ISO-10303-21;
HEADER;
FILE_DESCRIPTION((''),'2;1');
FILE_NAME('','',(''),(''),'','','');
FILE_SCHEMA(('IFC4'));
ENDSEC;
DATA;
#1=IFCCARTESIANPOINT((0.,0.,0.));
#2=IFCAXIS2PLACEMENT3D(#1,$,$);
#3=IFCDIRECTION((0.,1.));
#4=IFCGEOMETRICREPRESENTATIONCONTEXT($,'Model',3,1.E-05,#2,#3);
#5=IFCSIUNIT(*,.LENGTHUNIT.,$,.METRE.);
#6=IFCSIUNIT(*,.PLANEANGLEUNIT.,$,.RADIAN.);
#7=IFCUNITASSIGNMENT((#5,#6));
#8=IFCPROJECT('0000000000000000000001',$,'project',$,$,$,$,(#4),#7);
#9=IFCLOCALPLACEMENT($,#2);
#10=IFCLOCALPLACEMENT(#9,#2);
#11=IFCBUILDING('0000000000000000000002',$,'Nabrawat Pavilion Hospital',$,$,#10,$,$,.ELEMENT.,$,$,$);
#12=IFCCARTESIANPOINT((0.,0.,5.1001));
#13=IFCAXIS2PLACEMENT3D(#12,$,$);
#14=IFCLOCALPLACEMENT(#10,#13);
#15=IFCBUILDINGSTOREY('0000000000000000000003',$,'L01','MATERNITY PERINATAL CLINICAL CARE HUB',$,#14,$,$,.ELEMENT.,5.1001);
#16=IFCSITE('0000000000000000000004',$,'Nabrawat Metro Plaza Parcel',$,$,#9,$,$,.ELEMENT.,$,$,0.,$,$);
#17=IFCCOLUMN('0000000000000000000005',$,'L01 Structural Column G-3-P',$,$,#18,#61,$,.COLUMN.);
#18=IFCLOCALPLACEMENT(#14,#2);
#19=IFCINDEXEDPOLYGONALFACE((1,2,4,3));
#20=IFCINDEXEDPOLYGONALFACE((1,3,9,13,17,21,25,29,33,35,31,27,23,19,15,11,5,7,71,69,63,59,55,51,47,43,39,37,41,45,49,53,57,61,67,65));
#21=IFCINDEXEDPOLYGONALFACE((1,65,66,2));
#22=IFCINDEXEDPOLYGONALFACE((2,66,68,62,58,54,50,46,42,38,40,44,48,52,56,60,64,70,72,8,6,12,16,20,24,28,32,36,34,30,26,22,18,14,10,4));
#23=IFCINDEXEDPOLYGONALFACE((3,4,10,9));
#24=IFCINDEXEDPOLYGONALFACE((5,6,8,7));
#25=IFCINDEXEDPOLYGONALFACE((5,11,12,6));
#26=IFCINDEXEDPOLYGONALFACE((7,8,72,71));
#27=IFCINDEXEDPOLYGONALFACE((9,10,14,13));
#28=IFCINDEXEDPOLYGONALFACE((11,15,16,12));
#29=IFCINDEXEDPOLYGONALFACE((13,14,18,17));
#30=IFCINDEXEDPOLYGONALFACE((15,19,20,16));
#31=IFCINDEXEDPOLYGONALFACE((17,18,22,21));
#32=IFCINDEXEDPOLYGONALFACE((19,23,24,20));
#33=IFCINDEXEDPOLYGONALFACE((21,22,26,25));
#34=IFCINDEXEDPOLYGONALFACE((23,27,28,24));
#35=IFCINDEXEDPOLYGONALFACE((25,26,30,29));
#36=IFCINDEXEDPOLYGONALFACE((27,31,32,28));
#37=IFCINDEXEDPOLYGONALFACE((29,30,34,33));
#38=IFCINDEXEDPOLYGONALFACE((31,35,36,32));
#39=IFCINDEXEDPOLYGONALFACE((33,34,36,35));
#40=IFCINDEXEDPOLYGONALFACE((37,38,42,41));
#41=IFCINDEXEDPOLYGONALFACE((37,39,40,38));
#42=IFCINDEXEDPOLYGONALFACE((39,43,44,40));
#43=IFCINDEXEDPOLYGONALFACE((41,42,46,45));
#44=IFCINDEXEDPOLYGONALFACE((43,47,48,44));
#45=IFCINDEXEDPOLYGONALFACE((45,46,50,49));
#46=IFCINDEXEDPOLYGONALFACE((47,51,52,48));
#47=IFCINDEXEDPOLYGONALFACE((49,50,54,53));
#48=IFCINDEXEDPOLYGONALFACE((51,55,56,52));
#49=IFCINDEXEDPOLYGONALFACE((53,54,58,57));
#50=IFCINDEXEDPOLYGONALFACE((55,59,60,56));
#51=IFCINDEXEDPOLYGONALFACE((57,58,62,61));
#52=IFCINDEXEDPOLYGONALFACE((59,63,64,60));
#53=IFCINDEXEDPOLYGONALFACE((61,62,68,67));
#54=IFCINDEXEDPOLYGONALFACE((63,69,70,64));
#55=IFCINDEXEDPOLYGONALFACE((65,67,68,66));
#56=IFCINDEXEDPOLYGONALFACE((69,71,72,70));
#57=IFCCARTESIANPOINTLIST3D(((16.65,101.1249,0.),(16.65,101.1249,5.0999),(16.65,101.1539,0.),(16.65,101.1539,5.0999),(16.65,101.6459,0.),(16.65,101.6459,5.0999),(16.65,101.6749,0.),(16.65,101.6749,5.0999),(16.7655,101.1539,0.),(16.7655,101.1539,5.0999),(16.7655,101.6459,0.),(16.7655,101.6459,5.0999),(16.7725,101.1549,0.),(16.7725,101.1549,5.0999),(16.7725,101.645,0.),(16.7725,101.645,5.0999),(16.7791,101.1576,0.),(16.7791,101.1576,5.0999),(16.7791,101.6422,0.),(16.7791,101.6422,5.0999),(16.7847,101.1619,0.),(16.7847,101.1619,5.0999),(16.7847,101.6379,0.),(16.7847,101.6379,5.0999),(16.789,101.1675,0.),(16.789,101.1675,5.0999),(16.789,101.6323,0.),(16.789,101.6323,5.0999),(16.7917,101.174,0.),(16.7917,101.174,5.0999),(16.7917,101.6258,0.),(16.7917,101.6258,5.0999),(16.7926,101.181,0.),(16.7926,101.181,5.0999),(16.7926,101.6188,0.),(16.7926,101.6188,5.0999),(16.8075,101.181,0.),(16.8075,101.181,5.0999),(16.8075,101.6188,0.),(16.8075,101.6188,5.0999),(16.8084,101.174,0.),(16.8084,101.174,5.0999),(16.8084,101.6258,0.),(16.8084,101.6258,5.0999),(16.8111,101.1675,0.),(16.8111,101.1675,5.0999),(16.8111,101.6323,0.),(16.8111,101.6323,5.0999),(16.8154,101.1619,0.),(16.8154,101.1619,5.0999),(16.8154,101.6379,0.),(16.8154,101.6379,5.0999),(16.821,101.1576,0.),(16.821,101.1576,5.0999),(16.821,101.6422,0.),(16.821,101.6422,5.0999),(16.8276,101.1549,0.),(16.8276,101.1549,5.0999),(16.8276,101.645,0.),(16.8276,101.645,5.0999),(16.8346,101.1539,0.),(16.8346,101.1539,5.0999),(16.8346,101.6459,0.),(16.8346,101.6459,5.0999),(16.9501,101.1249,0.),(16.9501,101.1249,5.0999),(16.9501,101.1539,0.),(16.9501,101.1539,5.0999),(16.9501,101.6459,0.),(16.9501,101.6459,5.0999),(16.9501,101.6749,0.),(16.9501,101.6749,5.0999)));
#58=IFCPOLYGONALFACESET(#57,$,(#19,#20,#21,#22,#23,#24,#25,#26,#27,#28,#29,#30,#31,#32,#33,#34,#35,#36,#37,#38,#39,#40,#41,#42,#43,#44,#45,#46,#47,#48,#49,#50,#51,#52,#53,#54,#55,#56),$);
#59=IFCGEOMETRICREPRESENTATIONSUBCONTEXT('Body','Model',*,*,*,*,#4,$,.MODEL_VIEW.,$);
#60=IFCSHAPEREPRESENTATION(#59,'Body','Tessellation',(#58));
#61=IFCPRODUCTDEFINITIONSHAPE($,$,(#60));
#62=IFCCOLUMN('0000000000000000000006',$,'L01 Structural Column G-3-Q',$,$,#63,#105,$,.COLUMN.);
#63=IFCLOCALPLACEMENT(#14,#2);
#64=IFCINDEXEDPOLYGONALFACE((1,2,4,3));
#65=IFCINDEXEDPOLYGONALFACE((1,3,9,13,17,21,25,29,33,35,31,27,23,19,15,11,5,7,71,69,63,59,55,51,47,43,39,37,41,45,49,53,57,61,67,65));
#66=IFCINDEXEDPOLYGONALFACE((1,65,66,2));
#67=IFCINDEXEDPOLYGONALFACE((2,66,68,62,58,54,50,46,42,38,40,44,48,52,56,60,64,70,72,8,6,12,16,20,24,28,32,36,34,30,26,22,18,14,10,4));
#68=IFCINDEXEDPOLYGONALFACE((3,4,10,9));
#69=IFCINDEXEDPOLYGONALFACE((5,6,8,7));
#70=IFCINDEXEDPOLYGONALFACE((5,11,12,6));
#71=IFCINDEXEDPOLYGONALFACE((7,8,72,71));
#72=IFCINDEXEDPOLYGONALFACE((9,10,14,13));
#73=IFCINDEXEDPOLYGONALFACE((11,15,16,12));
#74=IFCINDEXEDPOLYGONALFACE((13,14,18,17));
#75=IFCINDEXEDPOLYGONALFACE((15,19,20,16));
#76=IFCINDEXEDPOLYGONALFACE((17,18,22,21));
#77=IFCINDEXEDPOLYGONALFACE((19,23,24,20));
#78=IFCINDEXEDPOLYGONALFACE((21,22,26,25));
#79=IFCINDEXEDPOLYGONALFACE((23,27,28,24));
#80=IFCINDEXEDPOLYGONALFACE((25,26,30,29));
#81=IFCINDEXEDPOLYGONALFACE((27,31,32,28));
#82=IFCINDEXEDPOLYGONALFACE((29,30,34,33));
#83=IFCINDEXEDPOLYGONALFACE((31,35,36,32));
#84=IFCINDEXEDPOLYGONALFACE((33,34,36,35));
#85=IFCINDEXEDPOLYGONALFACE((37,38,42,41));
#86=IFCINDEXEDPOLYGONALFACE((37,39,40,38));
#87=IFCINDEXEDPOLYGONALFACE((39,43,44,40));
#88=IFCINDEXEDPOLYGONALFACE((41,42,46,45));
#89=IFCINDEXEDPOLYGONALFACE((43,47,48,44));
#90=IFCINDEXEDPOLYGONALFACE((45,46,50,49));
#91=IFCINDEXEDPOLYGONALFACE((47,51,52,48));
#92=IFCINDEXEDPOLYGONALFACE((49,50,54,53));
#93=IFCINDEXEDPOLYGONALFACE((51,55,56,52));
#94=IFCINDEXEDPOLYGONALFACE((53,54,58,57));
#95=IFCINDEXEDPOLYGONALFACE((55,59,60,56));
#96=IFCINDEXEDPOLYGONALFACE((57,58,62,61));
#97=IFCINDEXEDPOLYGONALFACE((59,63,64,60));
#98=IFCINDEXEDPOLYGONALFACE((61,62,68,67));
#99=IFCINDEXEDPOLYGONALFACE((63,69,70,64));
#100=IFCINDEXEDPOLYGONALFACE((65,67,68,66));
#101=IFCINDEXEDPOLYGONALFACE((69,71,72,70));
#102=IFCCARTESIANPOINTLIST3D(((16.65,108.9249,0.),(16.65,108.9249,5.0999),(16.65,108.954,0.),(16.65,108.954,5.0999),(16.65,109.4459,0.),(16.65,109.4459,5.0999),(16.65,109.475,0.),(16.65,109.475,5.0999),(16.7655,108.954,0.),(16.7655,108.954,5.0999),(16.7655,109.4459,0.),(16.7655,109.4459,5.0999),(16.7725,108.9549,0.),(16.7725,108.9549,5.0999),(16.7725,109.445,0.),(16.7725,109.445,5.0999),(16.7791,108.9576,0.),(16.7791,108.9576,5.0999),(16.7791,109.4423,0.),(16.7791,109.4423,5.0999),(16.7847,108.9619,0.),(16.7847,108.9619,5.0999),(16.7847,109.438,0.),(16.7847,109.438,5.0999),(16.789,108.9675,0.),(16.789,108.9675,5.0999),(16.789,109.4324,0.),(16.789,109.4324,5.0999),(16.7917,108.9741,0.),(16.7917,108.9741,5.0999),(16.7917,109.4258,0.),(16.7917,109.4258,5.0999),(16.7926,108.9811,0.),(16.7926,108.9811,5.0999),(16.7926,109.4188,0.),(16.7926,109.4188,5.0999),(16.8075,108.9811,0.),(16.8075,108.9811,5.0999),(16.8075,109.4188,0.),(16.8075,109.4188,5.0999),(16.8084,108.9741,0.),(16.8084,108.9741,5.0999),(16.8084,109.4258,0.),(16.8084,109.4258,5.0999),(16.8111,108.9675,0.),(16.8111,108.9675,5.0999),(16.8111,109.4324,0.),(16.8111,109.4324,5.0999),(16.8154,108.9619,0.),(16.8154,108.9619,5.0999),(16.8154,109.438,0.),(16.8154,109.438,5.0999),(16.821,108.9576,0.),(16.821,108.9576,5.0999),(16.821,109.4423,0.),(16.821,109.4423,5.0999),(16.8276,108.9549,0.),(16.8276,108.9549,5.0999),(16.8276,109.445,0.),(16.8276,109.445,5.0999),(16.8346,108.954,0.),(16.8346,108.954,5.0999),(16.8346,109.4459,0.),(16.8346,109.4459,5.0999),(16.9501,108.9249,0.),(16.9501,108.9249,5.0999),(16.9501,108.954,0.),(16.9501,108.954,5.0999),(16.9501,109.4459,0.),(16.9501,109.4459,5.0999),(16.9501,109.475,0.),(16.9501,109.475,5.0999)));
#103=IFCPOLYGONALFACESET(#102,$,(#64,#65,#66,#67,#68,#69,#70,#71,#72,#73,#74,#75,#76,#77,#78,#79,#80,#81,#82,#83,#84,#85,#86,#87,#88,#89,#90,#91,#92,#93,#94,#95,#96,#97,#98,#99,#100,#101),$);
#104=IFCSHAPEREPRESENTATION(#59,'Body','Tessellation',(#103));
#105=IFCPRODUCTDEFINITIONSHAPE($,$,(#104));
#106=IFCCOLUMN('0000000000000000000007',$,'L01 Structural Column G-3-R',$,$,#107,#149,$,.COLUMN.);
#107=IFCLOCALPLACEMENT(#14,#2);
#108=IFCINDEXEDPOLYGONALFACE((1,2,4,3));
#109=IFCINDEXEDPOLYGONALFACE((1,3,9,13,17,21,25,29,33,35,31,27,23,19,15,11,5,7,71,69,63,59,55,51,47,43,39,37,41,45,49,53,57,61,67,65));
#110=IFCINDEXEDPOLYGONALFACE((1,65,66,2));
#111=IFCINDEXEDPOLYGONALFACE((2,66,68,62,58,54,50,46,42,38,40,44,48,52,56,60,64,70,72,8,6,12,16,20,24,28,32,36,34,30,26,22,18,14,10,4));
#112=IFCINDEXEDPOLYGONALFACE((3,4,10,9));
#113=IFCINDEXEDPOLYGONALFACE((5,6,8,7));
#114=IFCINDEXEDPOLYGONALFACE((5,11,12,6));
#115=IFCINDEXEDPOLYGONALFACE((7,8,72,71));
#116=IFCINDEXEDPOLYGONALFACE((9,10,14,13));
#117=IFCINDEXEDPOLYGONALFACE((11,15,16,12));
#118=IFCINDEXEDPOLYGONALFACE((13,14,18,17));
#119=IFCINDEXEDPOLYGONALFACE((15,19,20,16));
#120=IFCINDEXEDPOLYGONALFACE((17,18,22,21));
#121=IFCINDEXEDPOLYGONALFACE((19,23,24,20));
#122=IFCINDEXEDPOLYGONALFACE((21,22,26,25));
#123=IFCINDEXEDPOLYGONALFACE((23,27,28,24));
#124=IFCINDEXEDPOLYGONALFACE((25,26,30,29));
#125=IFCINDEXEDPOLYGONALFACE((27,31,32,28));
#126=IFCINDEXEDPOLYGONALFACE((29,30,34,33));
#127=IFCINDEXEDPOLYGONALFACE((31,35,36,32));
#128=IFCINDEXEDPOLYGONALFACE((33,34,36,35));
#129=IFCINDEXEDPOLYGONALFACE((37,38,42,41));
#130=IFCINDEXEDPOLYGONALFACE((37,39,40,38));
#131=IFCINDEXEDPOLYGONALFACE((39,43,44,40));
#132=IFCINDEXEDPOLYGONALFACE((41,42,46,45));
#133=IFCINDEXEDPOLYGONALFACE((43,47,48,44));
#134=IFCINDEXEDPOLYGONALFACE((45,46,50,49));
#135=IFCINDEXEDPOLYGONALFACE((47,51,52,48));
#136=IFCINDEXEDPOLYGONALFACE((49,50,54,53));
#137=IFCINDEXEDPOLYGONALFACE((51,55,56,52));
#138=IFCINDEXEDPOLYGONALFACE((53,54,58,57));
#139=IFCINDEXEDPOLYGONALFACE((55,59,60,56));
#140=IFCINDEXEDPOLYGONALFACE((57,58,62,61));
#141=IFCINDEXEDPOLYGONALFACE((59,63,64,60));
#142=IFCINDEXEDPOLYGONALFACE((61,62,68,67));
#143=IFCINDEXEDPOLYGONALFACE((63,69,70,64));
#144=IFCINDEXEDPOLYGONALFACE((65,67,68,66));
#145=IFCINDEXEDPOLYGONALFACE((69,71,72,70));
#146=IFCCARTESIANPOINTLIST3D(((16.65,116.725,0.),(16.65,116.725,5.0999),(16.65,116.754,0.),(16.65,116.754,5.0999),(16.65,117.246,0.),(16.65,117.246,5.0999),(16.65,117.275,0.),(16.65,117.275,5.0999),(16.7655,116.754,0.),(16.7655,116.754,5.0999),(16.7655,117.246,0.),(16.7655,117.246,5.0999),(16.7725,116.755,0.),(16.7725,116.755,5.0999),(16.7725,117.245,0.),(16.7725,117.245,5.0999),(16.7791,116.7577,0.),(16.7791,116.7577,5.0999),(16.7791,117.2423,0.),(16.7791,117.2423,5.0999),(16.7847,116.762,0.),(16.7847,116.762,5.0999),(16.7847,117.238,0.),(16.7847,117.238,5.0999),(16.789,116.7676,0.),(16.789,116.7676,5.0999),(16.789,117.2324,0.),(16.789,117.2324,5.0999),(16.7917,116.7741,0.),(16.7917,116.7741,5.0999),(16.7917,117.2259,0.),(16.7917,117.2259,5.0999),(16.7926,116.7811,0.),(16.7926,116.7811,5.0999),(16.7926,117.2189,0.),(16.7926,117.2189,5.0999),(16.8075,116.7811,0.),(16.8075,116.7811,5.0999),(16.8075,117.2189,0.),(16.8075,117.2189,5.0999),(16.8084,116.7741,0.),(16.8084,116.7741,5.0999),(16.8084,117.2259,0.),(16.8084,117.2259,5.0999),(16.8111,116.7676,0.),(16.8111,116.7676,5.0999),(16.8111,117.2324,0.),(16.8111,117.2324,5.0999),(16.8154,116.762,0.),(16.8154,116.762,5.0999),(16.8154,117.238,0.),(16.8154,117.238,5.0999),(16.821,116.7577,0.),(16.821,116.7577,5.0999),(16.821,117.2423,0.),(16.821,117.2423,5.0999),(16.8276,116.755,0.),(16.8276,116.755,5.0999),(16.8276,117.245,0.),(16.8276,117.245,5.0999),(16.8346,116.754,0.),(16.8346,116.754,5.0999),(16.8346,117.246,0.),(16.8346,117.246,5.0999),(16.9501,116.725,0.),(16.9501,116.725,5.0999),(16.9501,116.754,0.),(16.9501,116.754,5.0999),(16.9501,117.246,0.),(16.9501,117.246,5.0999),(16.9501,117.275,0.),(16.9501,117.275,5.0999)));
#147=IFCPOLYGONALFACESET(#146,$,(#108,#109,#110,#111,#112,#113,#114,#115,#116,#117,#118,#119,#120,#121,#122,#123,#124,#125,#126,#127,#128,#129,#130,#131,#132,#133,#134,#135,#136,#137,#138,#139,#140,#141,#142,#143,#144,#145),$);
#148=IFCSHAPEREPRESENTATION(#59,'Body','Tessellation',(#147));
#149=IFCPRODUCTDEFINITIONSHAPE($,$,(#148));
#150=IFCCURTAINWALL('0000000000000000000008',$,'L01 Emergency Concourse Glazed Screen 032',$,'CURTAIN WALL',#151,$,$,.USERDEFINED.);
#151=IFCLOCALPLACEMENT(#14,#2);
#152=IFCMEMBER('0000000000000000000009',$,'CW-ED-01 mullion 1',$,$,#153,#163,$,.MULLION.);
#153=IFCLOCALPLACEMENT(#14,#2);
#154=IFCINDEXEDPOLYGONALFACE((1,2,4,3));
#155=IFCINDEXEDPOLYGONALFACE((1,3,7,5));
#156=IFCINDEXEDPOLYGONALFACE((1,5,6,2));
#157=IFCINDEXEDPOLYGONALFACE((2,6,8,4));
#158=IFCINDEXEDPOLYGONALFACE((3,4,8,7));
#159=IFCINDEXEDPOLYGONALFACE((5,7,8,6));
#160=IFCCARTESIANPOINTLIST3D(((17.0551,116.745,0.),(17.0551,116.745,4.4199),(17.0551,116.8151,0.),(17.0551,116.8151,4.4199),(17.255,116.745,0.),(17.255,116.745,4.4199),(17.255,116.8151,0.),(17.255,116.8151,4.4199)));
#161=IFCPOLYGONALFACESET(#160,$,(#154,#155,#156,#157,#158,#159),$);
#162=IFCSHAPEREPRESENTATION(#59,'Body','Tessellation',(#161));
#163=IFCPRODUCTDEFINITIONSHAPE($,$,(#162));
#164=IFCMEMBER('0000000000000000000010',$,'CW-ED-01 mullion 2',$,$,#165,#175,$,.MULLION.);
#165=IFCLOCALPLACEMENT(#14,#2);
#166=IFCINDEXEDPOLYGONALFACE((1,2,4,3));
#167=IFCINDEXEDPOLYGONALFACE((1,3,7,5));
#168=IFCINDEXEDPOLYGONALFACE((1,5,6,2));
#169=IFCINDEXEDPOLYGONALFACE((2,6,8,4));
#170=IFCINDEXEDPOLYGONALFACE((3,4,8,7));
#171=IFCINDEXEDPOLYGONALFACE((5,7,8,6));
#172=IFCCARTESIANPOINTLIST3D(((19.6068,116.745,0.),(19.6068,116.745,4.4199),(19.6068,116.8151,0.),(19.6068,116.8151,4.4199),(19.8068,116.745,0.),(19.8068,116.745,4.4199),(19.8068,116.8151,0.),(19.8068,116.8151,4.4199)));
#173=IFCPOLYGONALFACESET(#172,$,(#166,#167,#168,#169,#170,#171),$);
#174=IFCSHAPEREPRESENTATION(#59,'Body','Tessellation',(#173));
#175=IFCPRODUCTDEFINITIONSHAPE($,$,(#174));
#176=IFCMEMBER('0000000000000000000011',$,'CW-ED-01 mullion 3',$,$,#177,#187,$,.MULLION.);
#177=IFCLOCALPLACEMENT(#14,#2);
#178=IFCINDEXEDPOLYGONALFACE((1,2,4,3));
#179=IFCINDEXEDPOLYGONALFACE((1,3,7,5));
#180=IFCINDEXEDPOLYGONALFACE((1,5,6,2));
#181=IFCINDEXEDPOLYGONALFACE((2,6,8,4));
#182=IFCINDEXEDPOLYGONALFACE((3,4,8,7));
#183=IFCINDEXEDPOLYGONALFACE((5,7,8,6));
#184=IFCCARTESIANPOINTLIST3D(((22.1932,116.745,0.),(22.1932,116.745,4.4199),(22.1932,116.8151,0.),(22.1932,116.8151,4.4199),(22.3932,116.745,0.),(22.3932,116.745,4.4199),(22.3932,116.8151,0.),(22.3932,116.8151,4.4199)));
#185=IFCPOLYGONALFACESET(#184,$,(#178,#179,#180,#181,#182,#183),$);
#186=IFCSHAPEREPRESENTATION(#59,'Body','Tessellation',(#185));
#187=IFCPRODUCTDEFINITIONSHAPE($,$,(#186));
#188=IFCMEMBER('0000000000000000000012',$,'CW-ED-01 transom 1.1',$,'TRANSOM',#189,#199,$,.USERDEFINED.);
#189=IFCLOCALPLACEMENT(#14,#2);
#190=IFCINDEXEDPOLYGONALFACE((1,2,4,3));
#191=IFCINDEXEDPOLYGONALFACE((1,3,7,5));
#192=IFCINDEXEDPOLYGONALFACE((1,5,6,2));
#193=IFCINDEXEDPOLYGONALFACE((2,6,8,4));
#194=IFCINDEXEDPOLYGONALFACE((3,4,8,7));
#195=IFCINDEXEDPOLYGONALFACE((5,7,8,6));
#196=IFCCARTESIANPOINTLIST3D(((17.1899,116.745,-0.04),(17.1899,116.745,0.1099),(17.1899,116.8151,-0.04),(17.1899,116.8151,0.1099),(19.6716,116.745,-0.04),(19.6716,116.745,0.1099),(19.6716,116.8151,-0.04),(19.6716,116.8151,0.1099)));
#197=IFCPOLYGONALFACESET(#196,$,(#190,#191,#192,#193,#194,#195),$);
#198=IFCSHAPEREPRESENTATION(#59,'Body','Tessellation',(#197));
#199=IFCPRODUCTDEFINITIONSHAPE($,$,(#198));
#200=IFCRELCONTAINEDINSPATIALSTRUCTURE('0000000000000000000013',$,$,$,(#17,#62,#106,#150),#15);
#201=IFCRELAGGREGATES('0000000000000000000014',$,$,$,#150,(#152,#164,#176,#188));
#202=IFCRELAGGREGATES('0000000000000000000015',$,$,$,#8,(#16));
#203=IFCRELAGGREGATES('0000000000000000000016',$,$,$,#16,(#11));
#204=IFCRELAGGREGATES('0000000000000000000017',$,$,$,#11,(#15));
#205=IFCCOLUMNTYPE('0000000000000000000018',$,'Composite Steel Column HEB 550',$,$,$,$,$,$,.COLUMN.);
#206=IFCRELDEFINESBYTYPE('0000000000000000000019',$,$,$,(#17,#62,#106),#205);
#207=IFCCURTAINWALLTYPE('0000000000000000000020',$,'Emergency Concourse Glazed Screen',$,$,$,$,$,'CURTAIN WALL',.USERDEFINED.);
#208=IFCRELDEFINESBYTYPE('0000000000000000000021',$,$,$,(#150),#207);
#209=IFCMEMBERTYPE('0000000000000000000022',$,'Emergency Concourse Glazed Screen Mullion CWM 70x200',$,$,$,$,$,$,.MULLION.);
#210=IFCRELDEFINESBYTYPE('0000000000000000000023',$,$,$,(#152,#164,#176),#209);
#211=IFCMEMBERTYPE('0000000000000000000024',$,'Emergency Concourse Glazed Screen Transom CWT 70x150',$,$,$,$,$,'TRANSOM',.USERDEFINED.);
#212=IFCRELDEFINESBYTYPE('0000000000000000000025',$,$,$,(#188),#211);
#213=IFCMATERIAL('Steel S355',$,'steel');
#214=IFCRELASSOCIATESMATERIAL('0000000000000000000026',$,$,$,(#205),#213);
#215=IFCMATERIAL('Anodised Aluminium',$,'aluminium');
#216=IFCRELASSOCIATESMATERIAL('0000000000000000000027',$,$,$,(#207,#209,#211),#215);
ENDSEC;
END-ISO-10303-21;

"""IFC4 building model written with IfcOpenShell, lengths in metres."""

from ifc_helpers import new_model, si_unit, direction, frame, origin, origin_2d, place, context, subcontext, project, spatial, rectangle, i_section, extrude, material, material_profile, profile_set, type_object, element, aggregate, save


model = new_model("IFC4")

# Units and contexts
model_context = context("Model", 3, precision=1e-05, world=origin(), true_north=direction((0.0, 1.0)))
body_context = subcontext(model_context, "Body", "Model", "MODEL_VIEW")
ifc_project = project(units=[si_unit("LENGTHUNIT", "METRE"), si_unit("PLANEANGLEUNIT", "RADIAN")], contexts=[model_context])

# Site, building, storey
site_placement = place(None, origin())
site = spatial("IfcSite", under=ifc_project, at=site_placement, Name="Nabrawat Metro Plaza Parcel", CompositionType="ELEMENT", RefElevation=0.0)
building_placement = place(site_placement, origin())
building = spatial("IfcBuilding", under=site, at=building_placement, Name="Nabrawat Pavilion Hospital", CompositionType="ELEMENT")
storey_placement = place(building_placement, frame((0.0, 0.0, 5.1001)))
storey = spatial("IfcBuildingStorey", under=building, at=storey_placement, Name="L01", Description="MATERNITY PERINATAL CLINICAL CARE HUB", CompositionType="ELEMENT", Elevation=5.1001)

# Columns
ifc_material_1 = material(Name="Steel S355", Category="steel")
ifc_material_profile_1 = material_profile(ifc_material_1, i_section(OverallWidth=0.3, OverallDepth=0.55, WebThickness=0.0149, FlangeThickness=0.0291, FilletRadius=0.0271, at=origin_2d()), Name="HEB 550")
ifc_profile_set_1 = profile_set([ifc_material_profile_1], Name="Steel S355")
column_type = type_object("IfcColumnType", Name="Composite Steel Column HEB 550", PredefinedType="COLUMN", material=ifc_profile_set_1)
for number, where, z_axis, x_axis, name in (
    (1, (16.8, 101.3999, 0.0), (0.0, 0.0, 1.0), (1.0, 0.0, 0.0), "L01 Structural Column G-3-P"),
    (2, (16.8, 109.2, 0.0), (0.0, 0.0, 1.0), (1.0, 0.0, 0.0), "L01 Structural Column G-3-Q"),
    (3, (16.8, 117.0, 0.0), (0.0, 0.0, 1.0), (1.0, 0.0, 0.0), "L01 Structural Column G-3-R"),
):
    element("IfcColumn", number, at=place(storey_placement, frame(where, z_axis=z_axis, x_axis=x_axis)), inside=storey, type_object=column_type, Name=name, PredefinedType="COLUMN", context=body_context, shape_type="SweptSolid", body=[
        extrude(i_section(OverallWidth=0.3, OverallDepth=0.55, WebThickness=0.0149, FlangeThickness=0.0291, FilletRadius=0.0271, at=origin_2d()), origin(), (0.0, 0.0, 1.0), 5.0999),
    ])

# Curtain wall, members
ifc_material_2 = material(Name="Anodised Aluminium", Category="aluminium")
curtain_wall_type = type_object("IfcCurtainWallType", Name="Emergency Concourse Glazed Screen", ElementType="CURTAIN WALL", PredefinedType="USERDEFINED", material=ifc_material_2)
curtain_wall_placement = place(storey_placement, origin())
curtain_wall = element("IfcCurtainWall", 4, at=curtain_wall_placement, inside=storey, type_object=curtain_wall_type, Name="L01 Emergency Concourse Glazed Screen 032", ObjectType="CURTAIN WALL", PredefinedType="USERDEFINED")
ifc_material_profile_2 = material_profile(ifc_material_2, rectangle(XDim=0.0701, YDim=0.2, at=origin_2d()), Name="CWM 70x200")
ifc_profile_set_2 = profile_set([ifc_material_profile_2], Name="Anodised Aluminium")
member_type_1 = type_object("IfcMemberType", Name="Emergency Concourse Glazed Screen Mullion CWM 70x200", PredefinedType="MULLION", material=ifc_profile_set_2)
member_1_placement = place(storey_placement, frame((17.155, 116.78, 0.0), z_axis=(0.0, 0.0, 1.0), x_axis=(0.0, 1.0, 0.0)))
member_1 = element("IfcMember", 5, at=member_1_placement, type_object=member_type_1, Name="CW-ED-01 mullion 1", PredefinedType="MULLION", context=body_context, shape_type="SweptSolid", body=[
    extrude(rectangle(XDim=0.0701, YDim=0.2, at=origin_2d()), origin(), (0.0, 0.0, 1.0), 4.4199),
])
member_2_placement = place(storey_placement, frame((19.7068, 116.78, 0.0), z_axis=(0.0, 0.0, 1.0), x_axis=(0.0, 1.0, 0.0)))
member_2 = element("IfcMember", 6, at=member_2_placement, type_object=member_type_1, Name="CW-ED-01 mullion 2", PredefinedType="MULLION", context=body_context, shape_type="SweptSolid", body=[
    extrude(rectangle(XDim=0.0701, YDim=0.2, at=origin_2d()), origin(), (0.0, 0.0, 1.0), 4.4199),
])
member_3_placement = place(storey_placement, frame((22.2932, 116.78, 0.0), z_axis=(0.0, 0.0, 1.0), x_axis=(0.0, 1.0, 0.0)))
member_3 = element("IfcMember", 7, at=member_3_placement, type_object=member_type_1, Name="CW-ED-01 mullion 3", PredefinedType="MULLION", context=body_context, shape_type="SweptSolid", body=[
    extrude(rectangle(XDim=0.0701, YDim=0.2, at=origin_2d()), origin(), (0.0, 0.0, 1.0), 4.4199),
])
ifc_material_profile_3 = material_profile(ifc_material_2, rectangle(XDim=0.0701, YDim=0.1499, at=origin_2d()), Name="CWT 70x150")
ifc_profile_set_3 = profile_set([ifc_material_profile_3], Name="Anodised Aluminium")
member_type_2 = type_object("IfcMemberType", Name="Emergency Concourse Glazed Screen Transom CWT 70x150", ElementType="TRANSOM", PredefinedType="USERDEFINED", material=ifc_profile_set_3)
member_4_placement = place(storey_placement, frame((17.1899, 116.78, 0.0349), z_axis=(1.0, 0.0, 0.0), x_axis=(0.0, 1.0, 0.0)))
member_4 = element("IfcMember", 8, at=member_4_placement, type_object=member_type_2, Name="CW-ED-01 transom 1.1", ObjectType="TRANSOM", PredefinedType="USERDEFINED", context=body_context, shape_type="SweptSolid", body=[
    extrude(rectangle(XDim=0.0701, YDim=0.1499, at=origin_2d()), origin(), (0.0, 0.0, 1.0), 2.4817),
])

aggregate(curtain_wall, [member_1, member_2, member_3, member_4])

save(model, "model.ifc")
